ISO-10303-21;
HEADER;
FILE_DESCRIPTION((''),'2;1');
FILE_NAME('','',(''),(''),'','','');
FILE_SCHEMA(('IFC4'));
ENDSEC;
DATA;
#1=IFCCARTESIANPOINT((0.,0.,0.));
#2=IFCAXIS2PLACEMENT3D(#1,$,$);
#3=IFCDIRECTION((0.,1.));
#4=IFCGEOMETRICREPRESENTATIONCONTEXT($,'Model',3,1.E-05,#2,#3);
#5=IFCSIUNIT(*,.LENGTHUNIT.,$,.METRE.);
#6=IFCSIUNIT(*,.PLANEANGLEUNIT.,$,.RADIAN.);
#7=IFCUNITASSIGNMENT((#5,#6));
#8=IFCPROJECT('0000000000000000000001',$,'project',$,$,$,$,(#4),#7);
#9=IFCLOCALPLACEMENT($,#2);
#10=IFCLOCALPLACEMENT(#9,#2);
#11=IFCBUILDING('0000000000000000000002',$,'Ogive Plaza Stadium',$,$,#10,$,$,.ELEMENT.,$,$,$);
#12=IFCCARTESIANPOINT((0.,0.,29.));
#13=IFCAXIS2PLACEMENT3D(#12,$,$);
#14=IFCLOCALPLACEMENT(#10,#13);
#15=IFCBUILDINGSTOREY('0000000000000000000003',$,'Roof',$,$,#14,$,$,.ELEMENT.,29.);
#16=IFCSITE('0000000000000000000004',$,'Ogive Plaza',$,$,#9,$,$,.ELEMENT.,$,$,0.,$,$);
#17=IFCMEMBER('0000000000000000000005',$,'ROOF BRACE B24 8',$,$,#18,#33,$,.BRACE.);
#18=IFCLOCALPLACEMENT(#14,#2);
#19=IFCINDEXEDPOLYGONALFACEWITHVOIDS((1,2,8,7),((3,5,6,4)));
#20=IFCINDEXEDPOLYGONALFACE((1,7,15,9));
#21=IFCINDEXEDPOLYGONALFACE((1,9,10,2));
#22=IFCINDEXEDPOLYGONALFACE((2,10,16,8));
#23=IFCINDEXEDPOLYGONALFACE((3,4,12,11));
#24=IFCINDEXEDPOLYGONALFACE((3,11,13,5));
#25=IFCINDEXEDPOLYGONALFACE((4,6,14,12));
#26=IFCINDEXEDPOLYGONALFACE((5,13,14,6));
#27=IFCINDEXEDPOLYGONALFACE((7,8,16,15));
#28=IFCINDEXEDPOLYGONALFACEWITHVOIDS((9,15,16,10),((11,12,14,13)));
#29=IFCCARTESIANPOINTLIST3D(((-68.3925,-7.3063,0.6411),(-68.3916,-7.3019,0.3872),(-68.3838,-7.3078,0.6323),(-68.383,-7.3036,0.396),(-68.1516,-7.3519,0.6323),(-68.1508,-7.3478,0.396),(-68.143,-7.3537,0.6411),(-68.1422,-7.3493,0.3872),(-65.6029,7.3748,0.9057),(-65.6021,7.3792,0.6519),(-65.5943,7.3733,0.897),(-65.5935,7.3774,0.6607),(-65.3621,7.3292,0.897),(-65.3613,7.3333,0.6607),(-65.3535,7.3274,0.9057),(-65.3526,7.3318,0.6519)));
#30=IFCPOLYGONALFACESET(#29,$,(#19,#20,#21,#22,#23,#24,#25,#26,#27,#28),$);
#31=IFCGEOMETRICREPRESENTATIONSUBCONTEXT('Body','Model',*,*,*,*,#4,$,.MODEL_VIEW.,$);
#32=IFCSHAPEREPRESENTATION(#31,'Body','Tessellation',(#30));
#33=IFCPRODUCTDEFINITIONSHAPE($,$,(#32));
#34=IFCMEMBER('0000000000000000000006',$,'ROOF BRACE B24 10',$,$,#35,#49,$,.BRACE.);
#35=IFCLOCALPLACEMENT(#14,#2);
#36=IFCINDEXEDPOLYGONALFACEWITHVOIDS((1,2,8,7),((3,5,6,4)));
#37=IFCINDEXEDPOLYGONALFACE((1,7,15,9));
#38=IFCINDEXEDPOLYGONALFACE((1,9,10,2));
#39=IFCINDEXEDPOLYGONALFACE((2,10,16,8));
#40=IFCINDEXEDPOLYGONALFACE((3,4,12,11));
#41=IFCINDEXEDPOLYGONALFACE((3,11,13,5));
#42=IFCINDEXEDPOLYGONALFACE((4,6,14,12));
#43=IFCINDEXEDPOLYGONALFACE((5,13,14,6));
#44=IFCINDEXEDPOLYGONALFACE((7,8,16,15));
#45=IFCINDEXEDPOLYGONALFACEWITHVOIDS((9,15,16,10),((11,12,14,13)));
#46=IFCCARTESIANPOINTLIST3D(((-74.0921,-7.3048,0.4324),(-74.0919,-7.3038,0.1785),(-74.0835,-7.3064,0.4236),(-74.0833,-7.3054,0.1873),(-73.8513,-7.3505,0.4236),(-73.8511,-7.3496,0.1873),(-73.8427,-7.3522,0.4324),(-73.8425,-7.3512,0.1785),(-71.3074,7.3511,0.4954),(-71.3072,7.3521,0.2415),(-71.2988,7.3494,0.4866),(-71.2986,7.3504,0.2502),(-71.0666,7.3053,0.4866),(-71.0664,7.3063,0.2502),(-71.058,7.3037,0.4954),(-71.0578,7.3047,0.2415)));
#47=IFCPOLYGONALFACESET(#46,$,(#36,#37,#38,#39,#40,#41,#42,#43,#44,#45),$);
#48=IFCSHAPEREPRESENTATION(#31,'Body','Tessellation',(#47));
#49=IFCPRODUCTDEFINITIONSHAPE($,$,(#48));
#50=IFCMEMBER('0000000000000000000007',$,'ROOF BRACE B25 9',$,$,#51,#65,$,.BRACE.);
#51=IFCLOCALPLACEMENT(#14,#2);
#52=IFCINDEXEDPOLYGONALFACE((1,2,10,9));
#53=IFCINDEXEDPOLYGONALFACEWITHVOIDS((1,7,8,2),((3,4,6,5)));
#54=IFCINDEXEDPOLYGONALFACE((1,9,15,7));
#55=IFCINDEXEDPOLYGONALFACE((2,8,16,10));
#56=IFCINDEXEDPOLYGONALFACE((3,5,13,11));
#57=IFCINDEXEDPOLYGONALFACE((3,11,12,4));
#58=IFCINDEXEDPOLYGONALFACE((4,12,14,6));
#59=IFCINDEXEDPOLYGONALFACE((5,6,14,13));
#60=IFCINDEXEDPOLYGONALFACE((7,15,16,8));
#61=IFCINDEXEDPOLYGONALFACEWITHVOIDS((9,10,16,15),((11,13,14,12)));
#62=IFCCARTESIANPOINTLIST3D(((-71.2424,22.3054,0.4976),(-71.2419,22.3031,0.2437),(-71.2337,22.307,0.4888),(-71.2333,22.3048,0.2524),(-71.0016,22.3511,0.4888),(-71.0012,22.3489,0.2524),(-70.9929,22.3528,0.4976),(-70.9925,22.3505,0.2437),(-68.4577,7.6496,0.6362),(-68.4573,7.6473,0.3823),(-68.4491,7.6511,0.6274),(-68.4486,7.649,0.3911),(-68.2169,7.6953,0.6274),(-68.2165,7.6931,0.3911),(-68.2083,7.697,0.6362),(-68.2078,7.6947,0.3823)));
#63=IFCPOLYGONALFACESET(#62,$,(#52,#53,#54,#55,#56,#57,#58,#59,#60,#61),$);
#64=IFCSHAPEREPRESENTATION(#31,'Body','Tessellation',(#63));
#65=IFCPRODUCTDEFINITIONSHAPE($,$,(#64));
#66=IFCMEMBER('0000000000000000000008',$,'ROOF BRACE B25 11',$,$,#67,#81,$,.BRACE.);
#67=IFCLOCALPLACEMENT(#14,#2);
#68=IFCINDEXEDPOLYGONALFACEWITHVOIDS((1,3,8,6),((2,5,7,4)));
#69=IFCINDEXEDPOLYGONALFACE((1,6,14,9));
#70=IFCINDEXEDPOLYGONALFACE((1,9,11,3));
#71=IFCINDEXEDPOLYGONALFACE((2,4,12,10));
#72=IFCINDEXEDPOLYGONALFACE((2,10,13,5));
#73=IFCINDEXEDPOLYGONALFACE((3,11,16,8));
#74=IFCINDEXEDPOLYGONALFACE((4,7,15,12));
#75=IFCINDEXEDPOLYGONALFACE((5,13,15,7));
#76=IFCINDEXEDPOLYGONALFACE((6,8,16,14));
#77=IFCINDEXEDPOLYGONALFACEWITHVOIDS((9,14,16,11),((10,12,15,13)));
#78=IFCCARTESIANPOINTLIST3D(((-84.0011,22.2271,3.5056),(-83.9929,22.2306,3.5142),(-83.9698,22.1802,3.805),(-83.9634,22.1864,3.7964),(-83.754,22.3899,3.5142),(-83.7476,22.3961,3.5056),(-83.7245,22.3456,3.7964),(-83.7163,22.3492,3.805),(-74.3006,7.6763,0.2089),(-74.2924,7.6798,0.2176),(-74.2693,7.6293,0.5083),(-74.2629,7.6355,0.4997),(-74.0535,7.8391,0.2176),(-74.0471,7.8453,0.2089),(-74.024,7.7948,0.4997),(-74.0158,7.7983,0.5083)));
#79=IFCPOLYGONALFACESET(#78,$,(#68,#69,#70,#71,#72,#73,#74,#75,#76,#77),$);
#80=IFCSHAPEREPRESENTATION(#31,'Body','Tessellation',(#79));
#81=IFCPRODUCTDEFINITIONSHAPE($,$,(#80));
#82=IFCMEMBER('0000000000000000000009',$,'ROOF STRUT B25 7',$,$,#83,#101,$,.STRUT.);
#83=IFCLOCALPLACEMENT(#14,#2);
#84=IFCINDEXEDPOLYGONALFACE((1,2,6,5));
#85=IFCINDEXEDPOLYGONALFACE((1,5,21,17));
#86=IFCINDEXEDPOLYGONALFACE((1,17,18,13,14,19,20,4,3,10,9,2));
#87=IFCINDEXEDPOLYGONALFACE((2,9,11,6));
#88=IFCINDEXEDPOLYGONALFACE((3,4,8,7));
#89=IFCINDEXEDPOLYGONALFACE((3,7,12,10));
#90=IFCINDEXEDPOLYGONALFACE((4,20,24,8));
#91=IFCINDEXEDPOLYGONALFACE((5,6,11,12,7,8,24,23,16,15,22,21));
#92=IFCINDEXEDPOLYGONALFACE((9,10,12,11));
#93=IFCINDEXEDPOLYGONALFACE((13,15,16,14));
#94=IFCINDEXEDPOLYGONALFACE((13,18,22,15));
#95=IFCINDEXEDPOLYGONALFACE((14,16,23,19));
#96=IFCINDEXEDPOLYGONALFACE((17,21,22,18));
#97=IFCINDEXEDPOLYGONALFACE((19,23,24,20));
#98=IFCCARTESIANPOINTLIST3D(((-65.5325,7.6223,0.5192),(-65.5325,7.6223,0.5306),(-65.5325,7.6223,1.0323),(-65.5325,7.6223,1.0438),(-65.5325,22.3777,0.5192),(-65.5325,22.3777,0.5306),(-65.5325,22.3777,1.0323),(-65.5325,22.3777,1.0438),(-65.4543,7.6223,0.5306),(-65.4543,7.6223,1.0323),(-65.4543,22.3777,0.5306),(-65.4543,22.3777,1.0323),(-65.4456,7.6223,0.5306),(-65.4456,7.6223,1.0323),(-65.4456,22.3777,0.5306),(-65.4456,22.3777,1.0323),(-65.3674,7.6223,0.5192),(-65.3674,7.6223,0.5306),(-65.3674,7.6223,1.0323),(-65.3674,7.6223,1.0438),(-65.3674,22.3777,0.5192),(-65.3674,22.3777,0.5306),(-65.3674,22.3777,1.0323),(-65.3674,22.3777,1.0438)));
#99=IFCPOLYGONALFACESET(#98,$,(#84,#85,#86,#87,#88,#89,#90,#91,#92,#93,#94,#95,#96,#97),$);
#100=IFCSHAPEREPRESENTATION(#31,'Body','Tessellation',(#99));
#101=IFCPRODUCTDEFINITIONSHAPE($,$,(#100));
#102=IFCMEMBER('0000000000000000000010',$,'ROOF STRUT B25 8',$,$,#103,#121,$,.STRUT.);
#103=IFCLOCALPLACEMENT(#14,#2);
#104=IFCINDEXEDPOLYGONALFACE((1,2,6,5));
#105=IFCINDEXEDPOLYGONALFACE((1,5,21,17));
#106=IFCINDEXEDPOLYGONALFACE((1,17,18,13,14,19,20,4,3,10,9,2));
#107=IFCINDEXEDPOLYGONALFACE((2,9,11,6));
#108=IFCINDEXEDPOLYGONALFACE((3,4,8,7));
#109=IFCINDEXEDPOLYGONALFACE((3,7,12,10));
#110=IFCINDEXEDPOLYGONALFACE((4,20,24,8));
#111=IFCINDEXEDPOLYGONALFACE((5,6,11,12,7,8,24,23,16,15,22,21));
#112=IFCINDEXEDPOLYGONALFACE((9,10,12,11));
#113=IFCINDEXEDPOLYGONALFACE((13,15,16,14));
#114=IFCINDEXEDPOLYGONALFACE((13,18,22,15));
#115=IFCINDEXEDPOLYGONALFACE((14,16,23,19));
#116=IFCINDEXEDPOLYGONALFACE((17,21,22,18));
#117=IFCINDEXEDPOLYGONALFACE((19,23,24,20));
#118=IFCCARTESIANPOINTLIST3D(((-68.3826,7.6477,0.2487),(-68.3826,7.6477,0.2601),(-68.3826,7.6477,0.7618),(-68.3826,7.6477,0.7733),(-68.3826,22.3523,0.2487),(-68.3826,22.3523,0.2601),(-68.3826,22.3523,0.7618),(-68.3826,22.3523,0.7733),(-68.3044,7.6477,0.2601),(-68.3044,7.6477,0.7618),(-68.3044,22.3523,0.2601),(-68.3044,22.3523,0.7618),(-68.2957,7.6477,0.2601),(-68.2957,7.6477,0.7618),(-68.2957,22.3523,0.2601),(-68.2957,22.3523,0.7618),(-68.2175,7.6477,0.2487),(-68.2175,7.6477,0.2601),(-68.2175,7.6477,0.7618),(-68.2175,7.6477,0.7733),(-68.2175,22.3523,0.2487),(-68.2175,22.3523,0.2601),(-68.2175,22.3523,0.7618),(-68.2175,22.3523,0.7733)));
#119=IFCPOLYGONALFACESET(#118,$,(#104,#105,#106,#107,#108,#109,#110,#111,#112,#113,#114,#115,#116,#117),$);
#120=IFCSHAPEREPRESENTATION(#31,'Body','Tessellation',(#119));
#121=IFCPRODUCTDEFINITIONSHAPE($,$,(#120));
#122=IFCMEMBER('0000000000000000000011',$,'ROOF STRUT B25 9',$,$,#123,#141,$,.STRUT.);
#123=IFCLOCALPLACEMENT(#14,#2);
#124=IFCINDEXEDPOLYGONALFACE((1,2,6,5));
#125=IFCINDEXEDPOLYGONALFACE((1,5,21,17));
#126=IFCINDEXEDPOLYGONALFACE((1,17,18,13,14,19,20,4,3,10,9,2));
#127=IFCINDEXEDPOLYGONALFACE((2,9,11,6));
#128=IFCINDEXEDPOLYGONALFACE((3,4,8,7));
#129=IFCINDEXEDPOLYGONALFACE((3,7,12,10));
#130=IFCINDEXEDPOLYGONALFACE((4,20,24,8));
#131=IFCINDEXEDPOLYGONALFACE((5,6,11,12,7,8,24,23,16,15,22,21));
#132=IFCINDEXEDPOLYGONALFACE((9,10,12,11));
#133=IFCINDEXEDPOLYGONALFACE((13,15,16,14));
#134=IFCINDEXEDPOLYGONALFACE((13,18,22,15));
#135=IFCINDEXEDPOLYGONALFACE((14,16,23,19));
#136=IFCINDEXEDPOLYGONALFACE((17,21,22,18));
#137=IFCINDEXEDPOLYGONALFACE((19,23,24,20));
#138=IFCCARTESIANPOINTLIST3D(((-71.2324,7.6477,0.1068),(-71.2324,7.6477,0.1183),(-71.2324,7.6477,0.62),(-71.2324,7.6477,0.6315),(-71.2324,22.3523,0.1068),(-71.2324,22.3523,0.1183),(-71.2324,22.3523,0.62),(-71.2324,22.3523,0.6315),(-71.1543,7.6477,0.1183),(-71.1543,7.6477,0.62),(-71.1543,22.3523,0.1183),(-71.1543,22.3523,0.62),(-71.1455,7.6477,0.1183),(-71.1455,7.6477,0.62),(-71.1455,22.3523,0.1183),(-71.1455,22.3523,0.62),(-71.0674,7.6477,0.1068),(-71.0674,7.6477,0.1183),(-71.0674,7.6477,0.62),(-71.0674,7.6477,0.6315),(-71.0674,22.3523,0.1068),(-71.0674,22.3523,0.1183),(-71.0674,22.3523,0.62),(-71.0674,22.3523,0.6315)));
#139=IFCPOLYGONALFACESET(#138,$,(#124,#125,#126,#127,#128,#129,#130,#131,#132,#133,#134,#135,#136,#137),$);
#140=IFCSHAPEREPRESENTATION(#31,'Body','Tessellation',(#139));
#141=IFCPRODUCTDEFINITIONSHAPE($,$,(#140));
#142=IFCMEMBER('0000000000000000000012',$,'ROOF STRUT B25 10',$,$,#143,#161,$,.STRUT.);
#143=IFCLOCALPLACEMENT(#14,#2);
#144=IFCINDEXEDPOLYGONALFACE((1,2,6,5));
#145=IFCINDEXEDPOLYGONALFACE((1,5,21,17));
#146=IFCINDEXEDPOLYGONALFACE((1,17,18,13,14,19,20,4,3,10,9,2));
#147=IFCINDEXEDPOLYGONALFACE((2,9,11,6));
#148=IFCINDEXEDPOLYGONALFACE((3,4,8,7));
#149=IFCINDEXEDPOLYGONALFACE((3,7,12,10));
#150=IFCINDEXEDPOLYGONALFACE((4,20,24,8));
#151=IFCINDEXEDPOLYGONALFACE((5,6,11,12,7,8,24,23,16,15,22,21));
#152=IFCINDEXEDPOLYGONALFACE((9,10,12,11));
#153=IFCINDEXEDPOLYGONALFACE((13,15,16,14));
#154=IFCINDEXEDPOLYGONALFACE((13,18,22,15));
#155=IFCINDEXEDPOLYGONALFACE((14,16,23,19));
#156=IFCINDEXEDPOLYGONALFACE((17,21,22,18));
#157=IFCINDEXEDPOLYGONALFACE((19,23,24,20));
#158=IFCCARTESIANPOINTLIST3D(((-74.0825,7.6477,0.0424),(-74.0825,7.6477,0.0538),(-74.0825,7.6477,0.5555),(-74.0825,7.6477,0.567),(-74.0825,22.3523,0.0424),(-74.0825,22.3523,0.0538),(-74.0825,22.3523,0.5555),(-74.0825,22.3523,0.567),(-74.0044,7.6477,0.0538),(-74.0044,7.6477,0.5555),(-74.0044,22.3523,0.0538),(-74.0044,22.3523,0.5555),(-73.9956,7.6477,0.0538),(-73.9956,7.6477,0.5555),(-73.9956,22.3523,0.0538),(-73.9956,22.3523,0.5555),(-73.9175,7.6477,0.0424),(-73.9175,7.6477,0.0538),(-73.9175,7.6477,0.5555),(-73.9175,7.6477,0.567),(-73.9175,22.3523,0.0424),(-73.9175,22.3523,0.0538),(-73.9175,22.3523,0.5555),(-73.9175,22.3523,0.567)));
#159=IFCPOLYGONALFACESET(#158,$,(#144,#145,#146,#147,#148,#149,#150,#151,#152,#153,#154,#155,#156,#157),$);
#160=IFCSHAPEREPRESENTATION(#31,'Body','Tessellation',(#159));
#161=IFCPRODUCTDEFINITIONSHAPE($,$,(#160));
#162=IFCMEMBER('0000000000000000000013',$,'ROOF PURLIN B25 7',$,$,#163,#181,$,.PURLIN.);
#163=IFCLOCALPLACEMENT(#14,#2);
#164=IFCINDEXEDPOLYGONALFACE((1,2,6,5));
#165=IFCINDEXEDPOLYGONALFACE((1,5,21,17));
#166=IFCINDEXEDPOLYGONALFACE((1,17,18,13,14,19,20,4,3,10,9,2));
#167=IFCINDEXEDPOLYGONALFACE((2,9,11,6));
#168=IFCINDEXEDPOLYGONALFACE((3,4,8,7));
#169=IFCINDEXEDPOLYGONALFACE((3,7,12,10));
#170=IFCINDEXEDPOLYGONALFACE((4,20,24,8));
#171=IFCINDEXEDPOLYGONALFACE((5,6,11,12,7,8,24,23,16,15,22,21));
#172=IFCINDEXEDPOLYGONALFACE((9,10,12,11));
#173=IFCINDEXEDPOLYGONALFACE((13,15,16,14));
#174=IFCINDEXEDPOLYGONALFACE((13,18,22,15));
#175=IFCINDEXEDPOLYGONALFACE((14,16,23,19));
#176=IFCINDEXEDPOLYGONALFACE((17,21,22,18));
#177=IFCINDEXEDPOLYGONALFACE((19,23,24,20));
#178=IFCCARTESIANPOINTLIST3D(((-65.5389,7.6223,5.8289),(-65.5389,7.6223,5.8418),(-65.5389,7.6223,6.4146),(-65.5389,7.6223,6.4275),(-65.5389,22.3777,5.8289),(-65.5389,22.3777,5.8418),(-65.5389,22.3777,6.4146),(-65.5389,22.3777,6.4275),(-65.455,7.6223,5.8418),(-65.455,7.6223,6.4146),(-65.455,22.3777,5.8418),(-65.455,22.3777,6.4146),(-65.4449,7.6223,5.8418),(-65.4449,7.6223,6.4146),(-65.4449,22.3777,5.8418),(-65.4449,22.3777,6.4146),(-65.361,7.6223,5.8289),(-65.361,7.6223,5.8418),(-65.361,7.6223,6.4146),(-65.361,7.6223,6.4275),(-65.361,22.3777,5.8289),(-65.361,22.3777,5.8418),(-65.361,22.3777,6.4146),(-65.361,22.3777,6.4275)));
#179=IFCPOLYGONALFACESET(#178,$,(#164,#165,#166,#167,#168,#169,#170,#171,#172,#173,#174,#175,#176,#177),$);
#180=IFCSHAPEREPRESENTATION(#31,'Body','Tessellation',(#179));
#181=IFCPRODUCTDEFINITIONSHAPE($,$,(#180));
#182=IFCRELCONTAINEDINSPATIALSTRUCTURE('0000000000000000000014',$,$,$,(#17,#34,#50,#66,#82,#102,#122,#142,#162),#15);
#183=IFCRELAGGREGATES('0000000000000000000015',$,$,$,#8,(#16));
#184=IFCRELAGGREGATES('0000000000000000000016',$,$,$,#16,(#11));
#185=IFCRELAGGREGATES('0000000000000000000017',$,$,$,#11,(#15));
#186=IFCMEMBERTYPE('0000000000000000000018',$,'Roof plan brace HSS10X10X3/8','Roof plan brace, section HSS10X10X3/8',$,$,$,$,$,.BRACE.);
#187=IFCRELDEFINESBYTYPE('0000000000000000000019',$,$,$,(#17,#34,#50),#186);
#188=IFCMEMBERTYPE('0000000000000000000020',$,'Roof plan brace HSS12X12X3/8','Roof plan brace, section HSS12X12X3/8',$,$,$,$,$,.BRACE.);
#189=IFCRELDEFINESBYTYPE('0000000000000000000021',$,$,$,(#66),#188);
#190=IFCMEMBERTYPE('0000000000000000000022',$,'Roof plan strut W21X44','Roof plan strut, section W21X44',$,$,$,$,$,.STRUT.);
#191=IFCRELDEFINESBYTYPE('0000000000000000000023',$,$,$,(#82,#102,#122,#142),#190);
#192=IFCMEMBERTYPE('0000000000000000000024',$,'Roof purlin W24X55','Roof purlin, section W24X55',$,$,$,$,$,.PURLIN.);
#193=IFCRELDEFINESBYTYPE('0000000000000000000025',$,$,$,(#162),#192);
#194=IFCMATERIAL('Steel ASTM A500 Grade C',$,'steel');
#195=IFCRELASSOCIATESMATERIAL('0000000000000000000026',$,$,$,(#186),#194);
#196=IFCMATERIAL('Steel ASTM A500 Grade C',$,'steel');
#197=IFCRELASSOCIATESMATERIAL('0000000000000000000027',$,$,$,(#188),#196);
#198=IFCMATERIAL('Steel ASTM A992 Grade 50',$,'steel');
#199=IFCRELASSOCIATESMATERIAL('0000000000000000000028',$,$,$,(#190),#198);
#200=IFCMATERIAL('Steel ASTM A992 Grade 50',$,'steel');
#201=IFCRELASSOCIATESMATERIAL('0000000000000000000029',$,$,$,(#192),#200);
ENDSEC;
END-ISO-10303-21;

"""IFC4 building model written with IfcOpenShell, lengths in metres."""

from ifc_helpers import new_model, si_unit, direction, frame, origin, origin_2d, place, context, subcontext, project, spatial, hollow_rectangle, i_section, extrude, material, material_profile, profile_set, type_object, element, save


model = new_model("IFC4")

# Units and contexts
model_context = context("Model", 3, precision=1e-05, world=origin(), true_north=direction((0.0, 1.0)))
body_context = subcontext(model_context, "Body", "Model", "MODEL_VIEW")
ifc_project = project(units=[si_unit("LENGTHUNIT", "METRE"), si_unit("PLANEANGLEUNIT", "RADIAN")], contexts=[model_context])

# Site, building, storey
site_placement = place(None, origin())
site = spatial("IfcSite", under=ifc_project, at=site_placement, Name="Ogive Plaza", CompositionType="ELEMENT", RefElevation=0.0)
building_placement = place(site_placement, origin())
building = spatial("IfcBuilding", under=site, at=building_placement, Name="Ogive Plaza Stadium", CompositionType="ELEMENT")
storey_placement = place(building_placement, frame((0.0, 0.0, 29.0)))
storey = spatial("IfcBuildingStorey", under=building, at=storey_placement, Name="Roof", CompositionType="ELEMENT", Elevation=29.0)

# Members
ifc_material_1 = material(Name="Steel ASTM A500 Grade C", Category="steel")
ifc_material_profile_1 = material_profile(ifc_material_1, hollow_rectangle(XDim=0.2539, YDim=0.2539, WallThickness=0.0088, at=origin_2d()), Name="HSS10X10X3/8")
ifc_profile_set_1 = profile_set([ifc_material_profile_1], Name="Steel ASTM A500 Grade C")
member_type_1 = type_object("IfcMemberType", Name="Roof plan brace HSS10X10X3/8", Description="Roof plan brace, section HSS10X10X3/8", PredefinedType="BRACE", material=ifc_profile_set_1)
member_1_placement = place(storey_placement, frame((-65.4778, 7.3533, 0.7788), z_axis=(-0.18664, -0.982269, -0.017707), x_axis=(0.982423, -0.186669, 0.0)))
element("IfcMember", 1, at=member_1_placement, inside=storey, type_object=member_type_1, Name="ROOF BRACE B24 8", PredefinedType="BRACE", context=body_context, shape_type="SweptSolid", body=[
    extrude(hollow_rectangle(XDim=0.2539, YDim=0.2539, WallThickness=0.0088, at=origin_2d()), origin(), (0.0, 0.0, 1.0), 14.946),
])
member_2_placement = place(storey_placement, frame((-71.1826, 7.3279, 0.3684), z_axis=(-0.186664, -0.982415, -0.004222), x_axis=(0.982424, -0.186665, 0.0)))
element("IfcMember", 2, at=member_2_placement, inside=storey, type_object=member_type_1, Name="ROOF BRACE B24 10", PredefinedType="BRACE", context=body_context, shape_type="SweptSolid", body=[
    extrude(hollow_rectangle(XDim=0.2539, YDim=0.2539, WallThickness=0.0088, at=origin_2d()), origin(), (0.0, 0.0, 1.0), 14.9182),
])
member_3_placement = place(storey_placement, frame((-68.3328, 7.6721, 0.5093), z_axis=(-0.186657, 0.982381, -0.009295), x_axis=(-0.982424, -0.186665, 0.0)))
element("IfcMember", 3, at=member_3_placement, inside=storey, type_object=member_type_1, Name="ROOF BRACE B25 9", PredefinedType="BRACE", context=body_context, shape_type="SweptSolid", body=[
    extrude(hollow_rectangle(XDim=0.2539, YDim=0.2539, WallThickness=0.0088, at=origin_2d()), origin(), (0.0, 0.0, 1.0), 14.9187),
])
ifc_material_2 = material(Name="Steel ASTM A500 Grade C", Category="steel")
ifc_material_profile_2 = material_profile(ifc_material_2, hollow_rectangle(XDim=0.3047, YDim=0.3047, WallThickness=0.0088, at=origin_2d()), Name="HSS12X12X3/8")
ifc_profile_set_2 = profile_set([ifc_material_profile_2], Name="Steel ASTM A500 Grade C")
member_type_2 = type_object("IfcMemberType", Name="Roof plan brace HSS12X12X3/8", Description="Roof plan brace, section HSS12X12X3/8", PredefinedType="BRACE", material=ifc_profile_set_2)
member_4_placement = place(storey_placement, frame((-74.1582, 7.7373, 0.3586), z_axis=(-0.545096, 0.817651, 0.185247), x_axis=(-0.832052, -0.554697, 0.0)))
element("IfcMember", 4, at=member_4_placement, inside=storey, type_object=member_type_2, Name="ROOF BRACE B25 11", PredefinedType="BRACE", context=body_context, shape_type="SweptSolid", body=[
    extrude(hollow_rectangle(XDim=0.3047, YDim=0.3047, WallThickness=0.0088, at=origin_2d()), origin(), (0.0, 0.0, 1.0), 17.7959),
])
ifc_material_3 = material(Name="Steel ASTM A992 Grade 50", Category="steel")
ifc_material_profile_3 = material_profile(ifc_material_3, i_section(OverallWidth=0.165, OverallDepth=0.5247, WebThickness=0.0088, FlangeThickness=0.0115, at=origin_2d()), Name="W21X44")
ifc_profile_set_3 = profile_set([ifc_material_profile_3], Name="Steel ASTM A992 Grade 50")
member_type_3 = type_object("IfcMemberType", Name="Roof plan strut W21X44", Description="Roof plan strut, section W21X44", PredefinedType="STRUT", material=ifc_profile_set_3)
member_5_placement = place(storey_placement, frame((-65.45, 7.6223, 0.7815), z_axis=(0.0, 1.0, 0.0), x_axis=(-1.0, 0.0, 0.0)))
element("IfcMember", 5, at=member_5_placement, inside=storey, type_object=member_type_3, Name="ROOF STRUT B25 7", PredefinedType="STRUT", context=body_context, shape_type="SweptSolid", body=[
    extrude(i_section(OverallWidth=0.165, OverallDepth=0.5247, WebThickness=0.0088, FlangeThickness=0.0115, at=origin_2d()), origin(), (0.0, 0.0, 1.0), 14.7554),
])
for number, where, z_axis, x_axis, name in (
    (6, (-68.3, 7.6477, 0.511), (0.0, 1.0, 0.0), (-1.0, 0.0, 0.0), "ROOF STRUT B25 8"),
    (7, (-71.1499, 7.6477, 0.3691), (0.0, 1.0, 0.0), (-1.0, 0.0, 0.0), "ROOF STRUT B25 9"),
    (8, (-74.0, 7.6477, 0.3047), (0.0, 1.0, 0.0), (-1.0, 0.0, 0.0), "ROOF STRUT B25 10"),
):
    element("IfcMember", number, at=place(storey_placement, frame(where, z_axis=z_axis, x_axis=x_axis)), inside=storey, type_object=member_type_3, Name=name, PredefinedType="STRUT", context=body_context, shape_type="SweptSolid", body=[
        extrude(i_section(OverallWidth=0.165, OverallDepth=0.5247, WebThickness=0.0088, FlangeThickness=0.0115, at=origin_2d()), origin(), (0.0, 0.0, 1.0), 14.7046),
    ])
ifc_material_4 = material(Name="Steel ASTM A992 Grade 50", Category="steel")
ifc_material_profile_4 = material_profile(ifc_material_4, i_section(OverallWidth=0.178, OverallDepth=0.5986, WebThickness=0.01, FlangeThickness=0.0129, at=origin_2d()), Name="W24X55")
ifc_profile_set_4 = profile_set([ifc_material_profile_4], Name="Steel ASTM A992 Grade 50")
member_type_4 = type_object("IfcMemberType", Name="Roof purlin W24X55", Description="Roof purlin, section W24X55", PredefinedType="PURLIN", material=ifc_profile_set_4)
member_6_placement = place(storey_placement, frame((-65.45, 7.6223, 6.1282), z_axis=(0.0, 1.0, 0.0), x_axis=(-1.0, 0.0, 0.0)))
element("IfcMember", 9, at=member_6_placement, inside=storey, type_object=member_type_4, Name="ROOF PURLIN B25 7", PredefinedType="PURLIN", context=body_context, shape_type="SweptSolid", body=[
    extrude(i_section(OverallWidth=0.178, OverallDepth=0.5986, WebThickness=0.01, FlangeThickness=0.0129, at=origin_2d()), origin(), (0.0, 0.0, 1.0), 14.7554),
])

save(model, "model.ifc")
